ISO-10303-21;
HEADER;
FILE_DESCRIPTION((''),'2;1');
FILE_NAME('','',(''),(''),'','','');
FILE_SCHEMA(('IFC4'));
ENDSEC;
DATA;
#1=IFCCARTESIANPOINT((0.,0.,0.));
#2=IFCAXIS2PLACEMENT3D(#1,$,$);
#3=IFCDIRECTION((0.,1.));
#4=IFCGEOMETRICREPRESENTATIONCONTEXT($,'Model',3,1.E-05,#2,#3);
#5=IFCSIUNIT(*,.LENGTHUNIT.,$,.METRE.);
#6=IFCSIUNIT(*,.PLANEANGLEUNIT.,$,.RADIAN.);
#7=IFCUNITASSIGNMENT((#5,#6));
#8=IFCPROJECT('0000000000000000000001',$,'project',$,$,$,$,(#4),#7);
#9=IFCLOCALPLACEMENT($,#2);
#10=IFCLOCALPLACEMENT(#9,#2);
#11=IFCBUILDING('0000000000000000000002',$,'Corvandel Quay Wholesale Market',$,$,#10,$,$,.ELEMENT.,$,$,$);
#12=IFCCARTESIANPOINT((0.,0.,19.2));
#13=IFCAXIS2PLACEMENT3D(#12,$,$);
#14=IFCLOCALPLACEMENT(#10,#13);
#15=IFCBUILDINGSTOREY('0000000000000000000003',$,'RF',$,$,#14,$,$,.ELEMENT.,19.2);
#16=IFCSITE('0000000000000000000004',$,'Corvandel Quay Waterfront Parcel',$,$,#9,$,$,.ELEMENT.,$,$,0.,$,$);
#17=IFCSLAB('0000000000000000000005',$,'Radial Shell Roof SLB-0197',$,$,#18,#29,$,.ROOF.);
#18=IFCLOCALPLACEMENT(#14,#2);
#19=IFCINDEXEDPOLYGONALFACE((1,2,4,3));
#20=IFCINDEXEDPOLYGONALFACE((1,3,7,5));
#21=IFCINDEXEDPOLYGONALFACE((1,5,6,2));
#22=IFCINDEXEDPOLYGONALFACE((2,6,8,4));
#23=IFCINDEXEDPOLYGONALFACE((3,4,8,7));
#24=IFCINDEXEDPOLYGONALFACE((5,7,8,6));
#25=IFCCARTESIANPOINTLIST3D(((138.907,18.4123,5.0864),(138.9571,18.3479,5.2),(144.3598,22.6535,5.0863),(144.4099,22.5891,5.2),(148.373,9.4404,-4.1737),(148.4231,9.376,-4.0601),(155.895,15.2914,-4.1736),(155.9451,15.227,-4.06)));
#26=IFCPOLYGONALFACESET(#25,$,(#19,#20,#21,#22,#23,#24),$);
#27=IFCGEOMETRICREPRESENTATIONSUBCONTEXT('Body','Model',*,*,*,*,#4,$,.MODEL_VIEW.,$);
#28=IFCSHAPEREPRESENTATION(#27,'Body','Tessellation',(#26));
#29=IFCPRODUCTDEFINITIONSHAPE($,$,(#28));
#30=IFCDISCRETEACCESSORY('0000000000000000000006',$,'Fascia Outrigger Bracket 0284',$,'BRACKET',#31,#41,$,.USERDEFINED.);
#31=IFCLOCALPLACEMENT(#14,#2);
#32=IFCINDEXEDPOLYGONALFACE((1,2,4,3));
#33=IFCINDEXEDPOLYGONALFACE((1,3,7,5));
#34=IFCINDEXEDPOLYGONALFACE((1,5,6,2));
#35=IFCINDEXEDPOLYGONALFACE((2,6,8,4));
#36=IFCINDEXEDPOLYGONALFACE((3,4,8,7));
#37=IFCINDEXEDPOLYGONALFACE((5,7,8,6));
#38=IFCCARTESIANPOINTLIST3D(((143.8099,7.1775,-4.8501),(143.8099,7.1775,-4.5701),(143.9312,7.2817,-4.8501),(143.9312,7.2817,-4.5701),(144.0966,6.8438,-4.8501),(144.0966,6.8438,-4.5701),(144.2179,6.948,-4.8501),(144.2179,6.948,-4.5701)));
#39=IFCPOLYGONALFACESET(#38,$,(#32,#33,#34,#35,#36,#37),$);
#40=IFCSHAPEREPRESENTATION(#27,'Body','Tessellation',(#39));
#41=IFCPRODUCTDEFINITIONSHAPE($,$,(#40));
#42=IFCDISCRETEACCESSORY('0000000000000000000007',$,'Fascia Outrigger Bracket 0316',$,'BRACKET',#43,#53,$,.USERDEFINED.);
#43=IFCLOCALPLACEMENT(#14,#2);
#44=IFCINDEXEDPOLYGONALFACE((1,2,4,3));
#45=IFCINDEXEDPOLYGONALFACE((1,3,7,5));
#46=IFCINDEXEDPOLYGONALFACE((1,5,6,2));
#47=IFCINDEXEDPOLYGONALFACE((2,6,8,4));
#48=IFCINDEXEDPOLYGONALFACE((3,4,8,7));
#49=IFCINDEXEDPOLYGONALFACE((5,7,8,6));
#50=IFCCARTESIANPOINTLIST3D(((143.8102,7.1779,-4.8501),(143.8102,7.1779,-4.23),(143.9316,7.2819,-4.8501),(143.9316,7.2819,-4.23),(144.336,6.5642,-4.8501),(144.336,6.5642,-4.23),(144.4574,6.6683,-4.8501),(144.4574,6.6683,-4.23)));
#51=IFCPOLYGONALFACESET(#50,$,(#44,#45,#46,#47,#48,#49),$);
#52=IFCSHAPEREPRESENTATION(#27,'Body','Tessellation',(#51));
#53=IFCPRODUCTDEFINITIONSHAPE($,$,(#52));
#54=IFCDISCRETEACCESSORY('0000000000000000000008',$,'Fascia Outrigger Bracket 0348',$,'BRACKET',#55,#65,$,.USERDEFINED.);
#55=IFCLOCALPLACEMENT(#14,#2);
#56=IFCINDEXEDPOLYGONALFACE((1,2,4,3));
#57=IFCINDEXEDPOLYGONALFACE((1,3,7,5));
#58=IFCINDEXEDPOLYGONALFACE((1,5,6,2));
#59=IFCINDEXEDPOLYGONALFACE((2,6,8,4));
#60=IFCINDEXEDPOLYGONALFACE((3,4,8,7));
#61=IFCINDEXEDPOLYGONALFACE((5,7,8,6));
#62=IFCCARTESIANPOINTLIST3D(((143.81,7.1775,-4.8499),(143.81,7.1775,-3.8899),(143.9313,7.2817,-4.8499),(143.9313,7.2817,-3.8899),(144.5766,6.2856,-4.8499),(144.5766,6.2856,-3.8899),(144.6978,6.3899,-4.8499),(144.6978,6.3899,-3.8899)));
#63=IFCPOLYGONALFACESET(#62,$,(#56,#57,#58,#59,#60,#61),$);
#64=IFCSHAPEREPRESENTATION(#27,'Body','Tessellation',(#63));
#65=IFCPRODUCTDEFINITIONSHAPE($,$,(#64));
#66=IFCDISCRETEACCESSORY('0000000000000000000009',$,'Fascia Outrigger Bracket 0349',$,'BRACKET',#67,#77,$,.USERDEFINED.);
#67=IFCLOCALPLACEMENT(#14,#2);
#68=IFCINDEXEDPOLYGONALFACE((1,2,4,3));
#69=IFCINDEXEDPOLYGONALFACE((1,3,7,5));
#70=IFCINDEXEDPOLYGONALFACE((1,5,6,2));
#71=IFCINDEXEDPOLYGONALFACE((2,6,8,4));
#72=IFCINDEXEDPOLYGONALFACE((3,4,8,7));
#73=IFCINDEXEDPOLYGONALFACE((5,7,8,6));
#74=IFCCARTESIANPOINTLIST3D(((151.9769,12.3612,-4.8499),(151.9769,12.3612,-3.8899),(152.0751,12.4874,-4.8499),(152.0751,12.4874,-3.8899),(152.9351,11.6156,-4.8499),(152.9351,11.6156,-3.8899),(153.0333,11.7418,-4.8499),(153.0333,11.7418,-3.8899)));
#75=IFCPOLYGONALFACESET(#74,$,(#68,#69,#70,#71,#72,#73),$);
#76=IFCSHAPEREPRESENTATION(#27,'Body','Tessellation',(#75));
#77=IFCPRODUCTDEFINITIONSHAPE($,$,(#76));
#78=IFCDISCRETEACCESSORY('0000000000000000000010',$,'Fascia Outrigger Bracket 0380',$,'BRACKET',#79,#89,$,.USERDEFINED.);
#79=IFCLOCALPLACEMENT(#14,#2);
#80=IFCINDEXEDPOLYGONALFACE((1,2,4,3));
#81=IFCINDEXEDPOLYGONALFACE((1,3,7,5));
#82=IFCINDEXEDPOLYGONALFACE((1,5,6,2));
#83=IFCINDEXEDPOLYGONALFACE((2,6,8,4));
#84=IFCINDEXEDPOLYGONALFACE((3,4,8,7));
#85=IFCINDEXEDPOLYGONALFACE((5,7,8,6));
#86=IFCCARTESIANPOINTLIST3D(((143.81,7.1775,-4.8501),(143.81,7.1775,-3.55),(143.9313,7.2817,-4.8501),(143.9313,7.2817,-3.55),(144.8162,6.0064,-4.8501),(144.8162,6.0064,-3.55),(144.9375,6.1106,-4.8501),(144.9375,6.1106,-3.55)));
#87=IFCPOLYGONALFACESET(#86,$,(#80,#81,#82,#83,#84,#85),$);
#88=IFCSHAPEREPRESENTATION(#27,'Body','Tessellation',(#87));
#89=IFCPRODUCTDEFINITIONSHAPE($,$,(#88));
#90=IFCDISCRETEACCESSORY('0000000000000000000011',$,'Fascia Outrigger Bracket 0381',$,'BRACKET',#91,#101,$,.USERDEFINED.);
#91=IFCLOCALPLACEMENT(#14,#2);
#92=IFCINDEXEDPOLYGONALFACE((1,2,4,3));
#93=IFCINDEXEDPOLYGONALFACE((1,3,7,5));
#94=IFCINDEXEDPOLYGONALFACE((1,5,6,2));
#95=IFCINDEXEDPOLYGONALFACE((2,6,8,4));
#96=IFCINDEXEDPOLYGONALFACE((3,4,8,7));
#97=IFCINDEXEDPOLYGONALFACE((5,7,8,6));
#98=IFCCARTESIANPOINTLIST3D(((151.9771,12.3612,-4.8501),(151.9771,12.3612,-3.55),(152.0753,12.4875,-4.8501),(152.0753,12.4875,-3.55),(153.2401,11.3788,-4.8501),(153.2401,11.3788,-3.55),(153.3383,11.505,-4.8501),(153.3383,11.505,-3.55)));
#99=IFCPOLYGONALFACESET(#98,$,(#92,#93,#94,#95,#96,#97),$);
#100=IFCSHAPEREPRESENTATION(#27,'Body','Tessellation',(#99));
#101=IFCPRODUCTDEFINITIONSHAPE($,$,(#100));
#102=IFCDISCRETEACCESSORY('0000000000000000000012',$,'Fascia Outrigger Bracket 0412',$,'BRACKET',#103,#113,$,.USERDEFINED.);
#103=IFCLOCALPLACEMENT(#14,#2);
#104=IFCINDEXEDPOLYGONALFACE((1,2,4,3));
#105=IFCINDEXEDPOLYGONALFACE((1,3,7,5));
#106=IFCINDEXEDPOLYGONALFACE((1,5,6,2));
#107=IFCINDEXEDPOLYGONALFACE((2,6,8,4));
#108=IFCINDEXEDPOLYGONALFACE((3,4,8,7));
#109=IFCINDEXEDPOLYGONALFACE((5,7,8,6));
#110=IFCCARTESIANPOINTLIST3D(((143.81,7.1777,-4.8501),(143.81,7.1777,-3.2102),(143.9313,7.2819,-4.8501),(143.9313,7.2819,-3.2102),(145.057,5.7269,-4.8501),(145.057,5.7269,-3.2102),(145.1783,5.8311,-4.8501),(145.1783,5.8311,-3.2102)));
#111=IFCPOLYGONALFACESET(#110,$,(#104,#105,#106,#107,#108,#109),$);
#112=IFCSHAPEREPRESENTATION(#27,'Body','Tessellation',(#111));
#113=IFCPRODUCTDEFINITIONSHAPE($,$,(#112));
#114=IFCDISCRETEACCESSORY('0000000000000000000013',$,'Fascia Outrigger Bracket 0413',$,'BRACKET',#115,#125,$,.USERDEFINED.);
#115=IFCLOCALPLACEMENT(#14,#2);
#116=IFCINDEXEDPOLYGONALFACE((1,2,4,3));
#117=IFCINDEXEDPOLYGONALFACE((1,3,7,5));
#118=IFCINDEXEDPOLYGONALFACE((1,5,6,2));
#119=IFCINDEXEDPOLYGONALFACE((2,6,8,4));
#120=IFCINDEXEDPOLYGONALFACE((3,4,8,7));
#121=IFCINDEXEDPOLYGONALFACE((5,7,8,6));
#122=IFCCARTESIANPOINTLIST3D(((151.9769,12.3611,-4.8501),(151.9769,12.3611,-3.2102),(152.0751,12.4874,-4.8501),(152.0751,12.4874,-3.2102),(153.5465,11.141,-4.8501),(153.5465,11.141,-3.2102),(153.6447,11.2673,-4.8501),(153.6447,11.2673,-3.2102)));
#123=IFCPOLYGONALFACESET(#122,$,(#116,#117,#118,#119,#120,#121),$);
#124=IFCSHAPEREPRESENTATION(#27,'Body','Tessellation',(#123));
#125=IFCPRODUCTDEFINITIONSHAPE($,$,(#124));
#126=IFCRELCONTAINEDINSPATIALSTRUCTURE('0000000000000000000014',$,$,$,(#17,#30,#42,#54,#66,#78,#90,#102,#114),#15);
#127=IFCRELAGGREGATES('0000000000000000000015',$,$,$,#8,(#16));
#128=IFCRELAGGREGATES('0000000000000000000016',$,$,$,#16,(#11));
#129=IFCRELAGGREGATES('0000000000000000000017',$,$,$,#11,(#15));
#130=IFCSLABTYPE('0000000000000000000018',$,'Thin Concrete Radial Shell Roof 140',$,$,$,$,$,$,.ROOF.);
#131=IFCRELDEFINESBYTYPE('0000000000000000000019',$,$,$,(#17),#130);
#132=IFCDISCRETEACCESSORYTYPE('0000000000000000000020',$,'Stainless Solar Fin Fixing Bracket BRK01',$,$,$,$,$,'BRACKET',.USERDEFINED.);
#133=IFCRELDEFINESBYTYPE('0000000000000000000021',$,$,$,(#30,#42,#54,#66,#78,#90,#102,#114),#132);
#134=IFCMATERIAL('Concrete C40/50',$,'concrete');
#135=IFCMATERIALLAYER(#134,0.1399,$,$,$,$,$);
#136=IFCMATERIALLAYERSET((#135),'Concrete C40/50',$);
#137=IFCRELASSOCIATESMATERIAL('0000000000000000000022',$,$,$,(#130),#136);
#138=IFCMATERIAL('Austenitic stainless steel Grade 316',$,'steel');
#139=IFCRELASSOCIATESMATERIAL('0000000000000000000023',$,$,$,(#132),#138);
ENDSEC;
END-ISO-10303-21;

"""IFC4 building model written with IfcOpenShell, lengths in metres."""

from ifc_helpers import new_model, si_unit, direction, frame, origin, origin_2d, place, context, subcontext, project, spatial, polyline, rectangle, outline, extrude, material, layer, layer_set, type_object, element, save


model = new_model("IFC4")

# Units and contexts
model_context = context("Model", 3, precision=1e-05, world=origin(), true_north=direction((0.0, 1.0)))
body_context = subcontext(model_context, "Body", "Model", "MODEL_VIEW")
ifc_project = project(units=[si_unit("LENGTHUNIT", "METRE"), si_unit("PLANEANGLEUNIT", "RADIAN")], contexts=[model_context])

# Site, building, storey
site_placement = place(None, origin())
site = spatial("IfcSite", under=ifc_project, at=site_placement, Name="Corvandel Quay Waterfront Parcel", CompositionType="ELEMENT", RefElevation=0.0)
building_placement = place(site_placement, origin())
building = spatial("IfcBuilding", under=site, at=building_placement, Name="Corvandel Quay Wholesale Market", CompositionType="ELEMENT")
storey_placement = place(building_placement, frame((0.0, 0.0, 19.2)))
storey = spatial("IfcBuildingStorey", under=building, at=storey_placement, Name="RF", CompositionType="ELEMENT", Elevation=19.2)

# Slab
ifc_material_1 = material(Name="Concrete C40/50", Category="concrete")
ifc_layer_1 = layer(ifc_material_1, 0.1399)
ifc_layer_set_1 = layer_set([ifc_layer_1], Name="Concrete C40/50")
slab_type = type_object("IfcSlabType", Name="Thin Concrete Radial Shell Roof 140", PredefinedType="ROOF", material=ifc_layer_set_1)
slab_1_placement = place(storey_placement, frame((148.4231, 9.376, -4.0601), z_axis=(0.358151, -0.460446, 0.81223), x_axis=(0.789323, 0.613978, 0.000009)))
element("IfcSlab", 1, at=slab_1_placement, inside=storey, type_object=slab_type, Name="Radial Shell Roof SLB-0197", PredefinedType="ROOF", context=body_context, shape_type="SweptSolid", body=[
    extrude(outline(polyline([(0.0, 0.0), (9.5297, 0.0), (4.945, 15.8741), (-1.9631, 15.8744), (0.0, 0.0)])), origin(), (0.0, 0.0, -1.0), 0.1399),
])

# Discrete accessories
ifc_material_2 = material(Name="Austenitic stainless steel Grade 316", Category="steel")
discrete_accessory_type = type_object("IfcDiscreteAccessoryType", Name="Stainless Solar Fin Fixing Bracket BRK01", ElementType="BRACKET", PredefinedType="USERDEFINED", material=ifc_material_2)
discrete_accessory_1_placement = place(storey_placement, frame((144.0139, 7.0627, -4.8501), z_axis=(0.0, 0.0, 1.0), x_axis=(-0.651701, 0.758476, 0.0)))
element("IfcDiscreteAccessory", 2, at=discrete_accessory_1_placement, inside=storey, type_object=discrete_accessory_type, Name="Fascia Outrigger Bracket 0284", ObjectType="BRACKET", PredefinedType="USERDEFINED", context=body_context, shape_type="SweptSolid", body=[
    extrude(rectangle(XDim=0.4399, YDim=0.1599, at=origin_2d()), origin(), (0.0, 0.0, 1.0), 0.28),
])
discrete_accessory_2_placement = place(storey_placement, frame((144.1338, 6.9231, -4.8501), z_axis=(0.0, 0.0, 1.0), x_axis=(-0.650642, 0.759385, 0.0)))
element("IfcDiscreteAccessory", 3, at=discrete_accessory_2_placement, inside=storey, type_object=discrete_accessory_type, Name="Fascia Outrigger Bracket 0316", ObjectType="BRACKET", PredefinedType="USERDEFINED", context=body_context, shape_type="SweptSolid", body=[
    extrude(rectangle(XDim=0.8081, YDim=0.1599, at=origin_2d()), origin(), (0.0, 0.0, 1.0), 0.6201),
])
discrete_accessory_3_placement = place(storey_placement, frame((144.2539, 6.7837, -4.8499), z_axis=(0.0, 0.0, 1.0), x_axis=(-0.651834, 0.758362, 0.0)))
element("IfcDiscreteAccessory", 4, at=discrete_accessory_3_placement, inside=storey, type_object=discrete_accessory_type, Name="Fascia Outrigger Bracket 0348", ObjectType="BRACKET", PredefinedType="USERDEFINED", context=body_context, shape_type="SweptSolid", body=[
    extrude(rectangle(XDim=1.176, YDim=0.1599, at=origin_2d()), origin(), (0.0, 0.0, 1.0), 0.96),
])
discrete_accessory_4_placement = place(storey_placement, frame((152.5051, 12.0515, -4.8499), z_axis=(0.0, 0.0, 1.0), x_axis=(-0.789191, 0.614147, 0.0)))
element("IfcDiscreteAccessory", 5, at=discrete_accessory_4_placement, inside=storey, type_object=discrete_accessory_type, Name="Fascia Outrigger Bracket 0349", ObjectType="BRACKET", PredefinedType="USERDEFINED", context=body_context, shape_type="SweptSolid", body=[
    extrude(rectangle(XDim=1.2141, YDim=0.1599, at=origin_2d()), origin(), (0.0, 0.0, 1.0), 0.96),
])
discrete_accessory_5_placement = place(storey_placement, frame((144.3738, 6.644, -4.8501), z_axis=(0.0, 0.0, 1.0), x_axis=(-0.651701, 0.758476, 0.0)))
element("IfcDiscreteAccessory", 6, at=discrete_accessory_5_placement, inside=storey, type_object=discrete_accessory_type, Name="Fascia Outrigger Bracket 0380", ObjectType="BRACKET", PredefinedType="USERDEFINED", context=body_context, shape_type="SweptSolid", body=[
    extrude(rectangle(XDim=1.5439, YDim=0.1599, at=origin_2d()), origin(), (0.0, 0.0, 1.0), 1.3),
])
discrete_accessory_6_placement = place(storey_placement, frame((152.6577, 11.9331, -4.8501), z_axis=(0.0, 0.0, 1.0), x_axis=(-0.789298, 0.61401, 0.0)))
element("IfcDiscreteAccessory", 7, at=discrete_accessory_6_placement, inside=storey, type_object=discrete_accessory_type, Name="Fascia Outrigger Bracket 0381", ObjectType="BRACKET", PredefinedType="USERDEFINED", context=body_context, shape_type="SweptSolid", body=[
    extrude(rectangle(XDim=1.6001, YDim=0.1599, at=origin_2d()), origin(), (0.0, 0.0, 1.0), 1.3),
])
discrete_accessory_7_placement = place(storey_placement, frame((144.4941, 6.5044, -4.8501), z_axis=(0.0, 0.0, 1.0), x_axis=(-0.651834, 0.758362, 0.0)))
element("IfcDiscreteAccessory", 8, at=discrete_accessory_7_placement, inside=storey, type_object=discrete_accessory_type, Name="Fascia Outrigger Bracket 0412", ObjectType="BRACKET", PredefinedType="USERDEFINED", context=body_context, shape_type="SweptSolid", body=[
    extrude(rectangle(XDim=1.9131, YDim=0.1599, at=origin_2d()), origin(), (0.0, 0.0, 1.0), 1.6399),
])
discrete_accessory_8_placement = place(storey_placement, frame((152.8108, 11.8142, -4.8501), z_axis=(0.0, 0.0, 1.0), x_axis=(-0.789513, 0.613734, 0.0)))
element("IfcDiscreteAccessory", 9, at=discrete_accessory_8_placement, inside=storey, type_object=discrete_accessory_type, Name="Fascia Outrigger Bracket 0413", ObjectType="BRACKET", PredefinedType="USERDEFINED", context=body_context, shape_type="SweptSolid", body=[
    extrude(rectangle(XDim=1.988, YDim=0.1599, at=origin_2d()), origin(), (0.0, 0.0, 1.0), 1.6399),
])

save(model, "model.ifc")
